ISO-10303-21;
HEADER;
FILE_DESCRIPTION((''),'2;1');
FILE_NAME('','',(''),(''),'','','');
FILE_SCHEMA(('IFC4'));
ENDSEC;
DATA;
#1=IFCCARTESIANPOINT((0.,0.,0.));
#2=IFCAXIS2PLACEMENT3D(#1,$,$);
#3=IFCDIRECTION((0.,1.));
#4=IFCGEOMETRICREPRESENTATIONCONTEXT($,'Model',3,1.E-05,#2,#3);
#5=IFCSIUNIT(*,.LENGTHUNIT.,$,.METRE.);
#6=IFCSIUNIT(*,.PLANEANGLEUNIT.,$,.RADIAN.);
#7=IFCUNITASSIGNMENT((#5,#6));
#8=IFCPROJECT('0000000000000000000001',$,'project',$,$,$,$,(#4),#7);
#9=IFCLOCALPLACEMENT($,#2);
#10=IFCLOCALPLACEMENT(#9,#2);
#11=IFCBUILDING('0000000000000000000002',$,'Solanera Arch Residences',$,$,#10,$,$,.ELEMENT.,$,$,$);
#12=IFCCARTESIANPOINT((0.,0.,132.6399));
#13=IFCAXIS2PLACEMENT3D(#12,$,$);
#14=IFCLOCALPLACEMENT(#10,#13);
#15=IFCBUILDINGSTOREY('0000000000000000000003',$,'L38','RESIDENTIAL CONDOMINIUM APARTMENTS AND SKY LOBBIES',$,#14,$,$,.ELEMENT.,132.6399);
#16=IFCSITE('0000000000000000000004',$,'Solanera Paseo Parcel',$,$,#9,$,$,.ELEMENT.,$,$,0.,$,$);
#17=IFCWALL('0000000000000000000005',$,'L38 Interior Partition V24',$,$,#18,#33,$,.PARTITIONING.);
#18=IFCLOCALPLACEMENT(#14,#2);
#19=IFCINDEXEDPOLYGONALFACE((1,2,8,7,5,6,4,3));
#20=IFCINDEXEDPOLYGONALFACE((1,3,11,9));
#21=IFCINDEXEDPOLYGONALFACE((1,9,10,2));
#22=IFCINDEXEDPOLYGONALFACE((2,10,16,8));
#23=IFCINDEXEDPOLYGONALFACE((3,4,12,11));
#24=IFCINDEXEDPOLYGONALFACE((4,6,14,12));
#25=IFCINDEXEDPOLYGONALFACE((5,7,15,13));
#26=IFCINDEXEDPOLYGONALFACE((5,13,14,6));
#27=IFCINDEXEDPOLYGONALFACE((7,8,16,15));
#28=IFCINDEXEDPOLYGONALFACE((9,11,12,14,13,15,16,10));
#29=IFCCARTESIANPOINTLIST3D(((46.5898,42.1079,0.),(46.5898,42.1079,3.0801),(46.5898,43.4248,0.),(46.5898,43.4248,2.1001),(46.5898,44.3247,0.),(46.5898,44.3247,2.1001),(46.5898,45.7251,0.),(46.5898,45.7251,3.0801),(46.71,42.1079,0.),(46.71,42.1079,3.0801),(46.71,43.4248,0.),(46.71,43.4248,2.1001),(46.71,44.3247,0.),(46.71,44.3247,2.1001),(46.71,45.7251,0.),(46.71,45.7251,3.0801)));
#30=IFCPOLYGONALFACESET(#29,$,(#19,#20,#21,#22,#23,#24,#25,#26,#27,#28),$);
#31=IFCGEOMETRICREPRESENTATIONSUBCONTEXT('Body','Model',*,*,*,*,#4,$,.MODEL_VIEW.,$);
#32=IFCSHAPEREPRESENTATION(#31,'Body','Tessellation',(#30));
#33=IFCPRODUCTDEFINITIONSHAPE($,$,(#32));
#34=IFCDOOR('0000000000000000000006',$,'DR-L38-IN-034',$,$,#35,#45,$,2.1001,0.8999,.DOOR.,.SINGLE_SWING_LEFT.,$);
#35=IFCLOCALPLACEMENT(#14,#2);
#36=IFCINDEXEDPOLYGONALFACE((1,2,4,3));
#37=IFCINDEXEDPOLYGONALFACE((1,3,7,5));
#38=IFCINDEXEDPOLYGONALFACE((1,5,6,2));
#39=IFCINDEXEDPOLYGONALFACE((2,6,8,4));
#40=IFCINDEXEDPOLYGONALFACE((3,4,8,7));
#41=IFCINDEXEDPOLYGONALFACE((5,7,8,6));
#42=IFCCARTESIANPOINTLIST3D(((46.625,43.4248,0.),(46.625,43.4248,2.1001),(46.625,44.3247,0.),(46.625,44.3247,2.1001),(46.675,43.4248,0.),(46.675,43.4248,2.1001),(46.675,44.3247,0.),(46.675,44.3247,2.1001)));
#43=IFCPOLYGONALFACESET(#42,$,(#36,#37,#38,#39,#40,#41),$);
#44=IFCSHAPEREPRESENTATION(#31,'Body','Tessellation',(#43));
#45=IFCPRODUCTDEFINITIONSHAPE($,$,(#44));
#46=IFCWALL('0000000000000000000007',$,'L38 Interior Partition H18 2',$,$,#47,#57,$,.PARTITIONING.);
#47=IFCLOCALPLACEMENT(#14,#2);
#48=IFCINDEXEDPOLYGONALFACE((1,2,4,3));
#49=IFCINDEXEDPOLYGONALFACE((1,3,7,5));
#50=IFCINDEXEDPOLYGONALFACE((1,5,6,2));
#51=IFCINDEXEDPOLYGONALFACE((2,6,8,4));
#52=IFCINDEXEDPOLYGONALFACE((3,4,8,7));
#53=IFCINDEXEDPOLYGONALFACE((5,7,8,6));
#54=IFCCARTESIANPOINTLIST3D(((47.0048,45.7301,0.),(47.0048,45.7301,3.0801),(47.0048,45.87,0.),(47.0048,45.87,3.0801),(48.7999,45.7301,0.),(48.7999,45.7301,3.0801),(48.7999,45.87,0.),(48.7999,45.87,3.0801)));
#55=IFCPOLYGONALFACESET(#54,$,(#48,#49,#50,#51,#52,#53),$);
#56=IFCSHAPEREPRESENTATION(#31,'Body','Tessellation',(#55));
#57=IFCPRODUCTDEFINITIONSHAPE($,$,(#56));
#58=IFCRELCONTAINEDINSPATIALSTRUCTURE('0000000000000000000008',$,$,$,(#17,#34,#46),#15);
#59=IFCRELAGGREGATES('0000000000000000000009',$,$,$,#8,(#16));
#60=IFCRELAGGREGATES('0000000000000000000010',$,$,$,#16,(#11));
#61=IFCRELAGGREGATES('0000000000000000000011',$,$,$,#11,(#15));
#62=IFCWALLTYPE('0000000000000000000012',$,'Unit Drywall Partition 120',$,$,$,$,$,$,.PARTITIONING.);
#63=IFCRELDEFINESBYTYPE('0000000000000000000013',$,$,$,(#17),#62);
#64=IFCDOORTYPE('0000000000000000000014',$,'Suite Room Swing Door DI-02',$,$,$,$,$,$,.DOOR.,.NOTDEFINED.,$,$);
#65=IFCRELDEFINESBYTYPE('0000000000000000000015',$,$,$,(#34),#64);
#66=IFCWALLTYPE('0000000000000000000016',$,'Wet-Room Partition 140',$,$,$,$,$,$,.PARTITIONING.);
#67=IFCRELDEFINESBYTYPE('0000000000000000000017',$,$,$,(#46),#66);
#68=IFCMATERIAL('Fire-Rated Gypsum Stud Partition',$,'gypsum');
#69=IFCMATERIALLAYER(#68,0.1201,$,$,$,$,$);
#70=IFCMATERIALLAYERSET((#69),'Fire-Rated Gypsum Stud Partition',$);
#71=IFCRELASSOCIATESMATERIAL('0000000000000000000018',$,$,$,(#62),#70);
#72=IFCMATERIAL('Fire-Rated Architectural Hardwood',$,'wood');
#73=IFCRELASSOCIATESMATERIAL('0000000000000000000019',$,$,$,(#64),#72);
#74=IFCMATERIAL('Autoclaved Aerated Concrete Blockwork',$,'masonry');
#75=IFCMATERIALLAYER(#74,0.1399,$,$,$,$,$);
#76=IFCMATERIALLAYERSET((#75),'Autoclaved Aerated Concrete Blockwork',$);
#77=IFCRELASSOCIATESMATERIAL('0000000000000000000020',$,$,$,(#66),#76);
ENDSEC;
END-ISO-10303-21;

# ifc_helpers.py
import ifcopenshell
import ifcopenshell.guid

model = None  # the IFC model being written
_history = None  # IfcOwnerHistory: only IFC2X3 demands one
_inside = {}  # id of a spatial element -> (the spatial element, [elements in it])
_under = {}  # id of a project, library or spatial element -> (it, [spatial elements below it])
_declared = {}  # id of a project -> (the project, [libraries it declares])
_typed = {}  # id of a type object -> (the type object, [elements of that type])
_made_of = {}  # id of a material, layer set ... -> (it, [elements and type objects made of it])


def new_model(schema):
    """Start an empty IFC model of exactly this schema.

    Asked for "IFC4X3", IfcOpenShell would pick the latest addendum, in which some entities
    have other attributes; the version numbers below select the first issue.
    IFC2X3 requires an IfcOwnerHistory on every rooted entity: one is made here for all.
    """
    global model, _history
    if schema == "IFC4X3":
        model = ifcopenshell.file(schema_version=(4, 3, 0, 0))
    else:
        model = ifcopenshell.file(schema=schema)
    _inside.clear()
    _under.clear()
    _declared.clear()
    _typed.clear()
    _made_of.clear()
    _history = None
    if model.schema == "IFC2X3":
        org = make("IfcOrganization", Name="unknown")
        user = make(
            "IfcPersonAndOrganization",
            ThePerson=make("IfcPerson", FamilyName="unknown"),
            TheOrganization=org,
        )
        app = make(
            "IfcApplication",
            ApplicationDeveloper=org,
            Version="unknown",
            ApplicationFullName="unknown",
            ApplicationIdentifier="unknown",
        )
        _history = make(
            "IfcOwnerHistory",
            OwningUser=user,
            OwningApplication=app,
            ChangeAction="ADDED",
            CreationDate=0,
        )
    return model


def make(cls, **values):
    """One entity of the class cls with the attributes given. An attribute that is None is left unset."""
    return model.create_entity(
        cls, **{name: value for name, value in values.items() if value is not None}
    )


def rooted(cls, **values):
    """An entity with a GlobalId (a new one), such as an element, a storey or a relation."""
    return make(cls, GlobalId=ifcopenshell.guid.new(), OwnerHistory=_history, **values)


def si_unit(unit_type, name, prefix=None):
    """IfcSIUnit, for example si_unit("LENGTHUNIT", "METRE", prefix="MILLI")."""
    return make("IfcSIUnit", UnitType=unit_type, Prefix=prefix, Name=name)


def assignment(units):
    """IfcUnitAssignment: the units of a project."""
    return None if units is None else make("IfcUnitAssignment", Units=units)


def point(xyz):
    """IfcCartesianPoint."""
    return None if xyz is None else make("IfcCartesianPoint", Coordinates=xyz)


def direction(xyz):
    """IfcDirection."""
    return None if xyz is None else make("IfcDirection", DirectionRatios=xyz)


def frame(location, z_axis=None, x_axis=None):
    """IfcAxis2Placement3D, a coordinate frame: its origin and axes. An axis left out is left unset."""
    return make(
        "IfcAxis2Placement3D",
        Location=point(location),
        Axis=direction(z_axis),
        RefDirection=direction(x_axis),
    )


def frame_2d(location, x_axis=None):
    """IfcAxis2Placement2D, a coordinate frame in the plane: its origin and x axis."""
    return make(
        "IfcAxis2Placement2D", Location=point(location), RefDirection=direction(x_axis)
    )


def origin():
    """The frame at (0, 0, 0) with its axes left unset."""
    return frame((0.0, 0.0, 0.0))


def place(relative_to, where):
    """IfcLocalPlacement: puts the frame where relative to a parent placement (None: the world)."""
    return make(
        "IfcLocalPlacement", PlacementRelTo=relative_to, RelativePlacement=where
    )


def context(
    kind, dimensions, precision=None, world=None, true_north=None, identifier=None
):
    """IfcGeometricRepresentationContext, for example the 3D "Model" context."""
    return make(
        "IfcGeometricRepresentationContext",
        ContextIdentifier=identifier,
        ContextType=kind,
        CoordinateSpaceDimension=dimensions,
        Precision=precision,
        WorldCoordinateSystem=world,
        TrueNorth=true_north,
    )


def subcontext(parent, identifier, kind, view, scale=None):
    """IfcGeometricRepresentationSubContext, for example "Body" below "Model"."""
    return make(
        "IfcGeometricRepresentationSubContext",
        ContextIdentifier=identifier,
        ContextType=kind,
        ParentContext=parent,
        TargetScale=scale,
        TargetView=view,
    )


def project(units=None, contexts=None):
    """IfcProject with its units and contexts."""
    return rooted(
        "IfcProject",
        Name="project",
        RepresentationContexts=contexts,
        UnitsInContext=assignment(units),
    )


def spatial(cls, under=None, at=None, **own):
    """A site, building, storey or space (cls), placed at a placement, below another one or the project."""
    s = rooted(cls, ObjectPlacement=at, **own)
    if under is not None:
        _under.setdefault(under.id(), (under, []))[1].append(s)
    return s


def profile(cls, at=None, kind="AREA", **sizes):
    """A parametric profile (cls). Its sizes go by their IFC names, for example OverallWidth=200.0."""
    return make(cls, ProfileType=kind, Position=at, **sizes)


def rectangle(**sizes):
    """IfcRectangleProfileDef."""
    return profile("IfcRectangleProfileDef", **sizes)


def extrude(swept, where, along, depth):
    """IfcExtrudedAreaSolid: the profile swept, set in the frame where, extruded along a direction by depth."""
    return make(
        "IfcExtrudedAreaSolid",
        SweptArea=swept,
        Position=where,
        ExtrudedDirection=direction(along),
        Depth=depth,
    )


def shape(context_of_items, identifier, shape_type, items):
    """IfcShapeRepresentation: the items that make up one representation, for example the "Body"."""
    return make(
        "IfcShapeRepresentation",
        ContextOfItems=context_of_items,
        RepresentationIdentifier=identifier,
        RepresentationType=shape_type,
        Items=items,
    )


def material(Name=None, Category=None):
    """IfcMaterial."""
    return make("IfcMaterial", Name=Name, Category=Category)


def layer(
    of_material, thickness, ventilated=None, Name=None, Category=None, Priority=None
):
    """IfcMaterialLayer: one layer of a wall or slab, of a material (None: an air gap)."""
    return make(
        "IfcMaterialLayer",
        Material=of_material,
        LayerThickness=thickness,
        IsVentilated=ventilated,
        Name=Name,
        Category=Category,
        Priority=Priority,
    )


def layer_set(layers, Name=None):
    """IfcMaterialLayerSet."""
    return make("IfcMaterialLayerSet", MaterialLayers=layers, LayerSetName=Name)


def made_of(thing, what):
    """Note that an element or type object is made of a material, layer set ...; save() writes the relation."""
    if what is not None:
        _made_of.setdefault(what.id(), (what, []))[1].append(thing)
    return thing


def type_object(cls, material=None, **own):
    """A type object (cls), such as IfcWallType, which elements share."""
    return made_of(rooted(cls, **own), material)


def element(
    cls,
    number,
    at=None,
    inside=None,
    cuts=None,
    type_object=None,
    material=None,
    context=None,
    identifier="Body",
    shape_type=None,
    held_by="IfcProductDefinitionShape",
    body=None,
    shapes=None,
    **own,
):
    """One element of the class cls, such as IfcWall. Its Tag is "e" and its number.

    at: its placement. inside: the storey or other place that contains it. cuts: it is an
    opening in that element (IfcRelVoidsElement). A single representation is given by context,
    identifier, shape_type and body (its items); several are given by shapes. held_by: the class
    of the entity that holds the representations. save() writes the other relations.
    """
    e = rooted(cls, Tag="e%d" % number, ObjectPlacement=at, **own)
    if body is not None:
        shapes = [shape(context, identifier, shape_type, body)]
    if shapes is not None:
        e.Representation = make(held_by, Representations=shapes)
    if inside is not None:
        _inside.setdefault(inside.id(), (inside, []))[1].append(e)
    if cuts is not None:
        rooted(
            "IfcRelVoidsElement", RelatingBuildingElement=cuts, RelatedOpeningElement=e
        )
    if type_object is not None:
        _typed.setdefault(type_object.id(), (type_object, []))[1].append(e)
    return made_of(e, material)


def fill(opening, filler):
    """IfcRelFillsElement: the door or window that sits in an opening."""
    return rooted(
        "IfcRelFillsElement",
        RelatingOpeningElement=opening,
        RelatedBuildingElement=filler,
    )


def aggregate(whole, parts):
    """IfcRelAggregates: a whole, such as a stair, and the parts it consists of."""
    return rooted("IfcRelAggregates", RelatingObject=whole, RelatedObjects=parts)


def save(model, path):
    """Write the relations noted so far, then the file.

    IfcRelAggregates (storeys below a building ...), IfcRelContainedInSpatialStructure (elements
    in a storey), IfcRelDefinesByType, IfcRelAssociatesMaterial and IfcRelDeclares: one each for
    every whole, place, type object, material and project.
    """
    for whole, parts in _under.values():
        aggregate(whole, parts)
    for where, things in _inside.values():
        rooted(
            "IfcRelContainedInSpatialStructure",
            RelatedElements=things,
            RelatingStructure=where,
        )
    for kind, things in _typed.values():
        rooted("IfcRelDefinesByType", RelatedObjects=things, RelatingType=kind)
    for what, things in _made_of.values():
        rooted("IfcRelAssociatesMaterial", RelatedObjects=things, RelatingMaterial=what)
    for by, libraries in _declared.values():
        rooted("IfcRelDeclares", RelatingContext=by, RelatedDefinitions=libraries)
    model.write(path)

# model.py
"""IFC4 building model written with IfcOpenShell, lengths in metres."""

from ifc_helpers import new_model, si_unit, direction, frame, frame_2d, origin, place, context, subcontext, project, spatial, rectangle, extrude, material, layer, layer_set, type_object, element, fill, save


model = new_model("IFC4")

# Units and contexts
model_context = context("Model", 3, precision=1e-05, world=origin(), true_north=direction((0.0, 1.0)))
body_context = subcontext(model_context, "Body", "Model", "MODEL_VIEW")
ifc_project = project(units=[si_unit("LENGTHUNIT", "METRE"), si_unit("PLANEANGLEUNIT", "RADIAN")], contexts=[model_context])

# Site, building, storey
site_placement = place(None, origin())
site = spatial("IfcSite", under=ifc_project, at=site_placement, Name="Solanera Paseo Parcel", CompositionType="ELEMENT", RefElevation=0.0)
building_placement = place(site_placement, origin())
building = spatial("IfcBuilding", under=site, at=building_placement, Name="Solanera Arch Residences", CompositionType="ELEMENT")
storey_placement = place(building_placement, frame((0.0, 0.0, 132.6399)))
storey = spatial("IfcBuildingStorey", under=building, at=storey_placement, Name="L38", Description="RESIDENTIAL CONDOMINIUM APARTMENTS AND SKY LOBBIES", CompositionType="ELEMENT", Elevation=132.6399)

# Wall, opening, door
ifc_material_1 = material(Name="Fire-Rated Gypsum Stud Partition", Category="gypsum")
ifc_layer_1 = layer(ifc_material_1, 0.1201)
ifc_layer_set_1 = layer_set([ifc_layer_1], Name="Fire-Rated Gypsum Stud Partition")
wall_type_1 = type_object("IfcWallType", Name="Unit Drywall Partition 120", PredefinedType="PARTITIONING", material=ifc_layer_set_1)
wall_1_placement = place(storey_placement, frame((46.6499, 42.1079, 0.0), z_axis=(0.0, 0.0, 1.0), x_axis=(0.0, 1.0, 0.0)))
wall_1 = element("IfcWall", 1, at=wall_1_placement, inside=storey, type_object=wall_type_1, Name="L38 Interior Partition V24", PredefinedType="PARTITIONING", context=body_context, shape_type="SweptSolid", body=[
    extrude(rectangle(XDim=3.6172, YDim=0.1201, at=frame_2d((1.8086, 0.0))), origin(), (0.0, 0.0, 1.0), 3.0801),
])
opening_1_placement = place(wall_1_placement, frame((1.3169, 0.0, 0.0)))
opening_1 = element("IfcOpeningElement", 2, at=opening_1_placement, cuts=wall_1, PredefinedType="OPENING", context=body_context, shape_type="SweptSolid", body=[
    extrude(rectangle(XDim=0.8999, YDim=2.1001, at=frame_2d((0.45, 1.05))), frame((0.0, 0.0701, 0.0), z_axis=(0.0, -1.0, 0.0), x_axis=(1.0, 0.0, 0.0)), (0.0, 0.0, 1.0), 0.1401),
])
ifc_material_2 = material(Name="Fire-Rated Architectural Hardwood", Category="wood")
door_type_1 = type_object("IfcDoorType", Name="Suite Room Swing Door DI-02", OperationType="NOTDEFINED", PredefinedType="DOOR", material=ifc_material_2)
door_1_placement = place(opening_1_placement, origin())
door_1 = element("IfcDoor", 3, at=door_1_placement, inside=storey, type_object=door_type_1, Name="DR-L38-IN-034", OperationType="SINGLE_SWING_LEFT", OverallHeight=2.1001, OverallWidth=0.8999, PredefinedType="DOOR", context=body_context, shape_type="SweptSolid", body=[
    extrude(rectangle(XDim=0.8999, YDim=2.1001, at=frame_2d((0.45, 1.05))), frame((0.0, 0.0249, 0.0), z_axis=(0.0, -1.0, 0.0), x_axis=(1.0, 0.0, 0.0)), (0.0, 0.0, 1.0), 0.05),
])
fill(opening_1, door_1)

# Wall
ifc_material_3 = material(Name="Autoclaved Aerated Concrete Blockwork", Category="masonry")
ifc_layer_2 = layer(ifc_material_3, 0.1399)
ifc_layer_set_2 = layer_set([ifc_layer_2], Name="Autoclaved Aerated Concrete Blockwork")
wall_type_2 = type_object("IfcWallType", Name="Wet-Room Partition 140", PredefinedType="PARTITIONING", material=ifc_layer_set_2)
wall_2_placement = place(storey_placement, frame((47.0049, 45.8, 0.0), z_axis=(0.0, 0.0, 1.0), x_axis=(1.0, 0.0, 0.0)))
element("IfcWall", 4, at=wall_2_placement, inside=storey, type_object=wall_type_2, Name="L38 Interior Partition H18 2", PredefinedType="PARTITIONING", context=body_context, shape_type="SweptSolid", body=[
    extrude(rectangle(XDim=1.7952, YDim=0.1399, at=frame_2d((0.8975, 0.0))), origin(), (0.0, 0.0, 1.0), 3.0801),
])

save(model, "model.ifc")
